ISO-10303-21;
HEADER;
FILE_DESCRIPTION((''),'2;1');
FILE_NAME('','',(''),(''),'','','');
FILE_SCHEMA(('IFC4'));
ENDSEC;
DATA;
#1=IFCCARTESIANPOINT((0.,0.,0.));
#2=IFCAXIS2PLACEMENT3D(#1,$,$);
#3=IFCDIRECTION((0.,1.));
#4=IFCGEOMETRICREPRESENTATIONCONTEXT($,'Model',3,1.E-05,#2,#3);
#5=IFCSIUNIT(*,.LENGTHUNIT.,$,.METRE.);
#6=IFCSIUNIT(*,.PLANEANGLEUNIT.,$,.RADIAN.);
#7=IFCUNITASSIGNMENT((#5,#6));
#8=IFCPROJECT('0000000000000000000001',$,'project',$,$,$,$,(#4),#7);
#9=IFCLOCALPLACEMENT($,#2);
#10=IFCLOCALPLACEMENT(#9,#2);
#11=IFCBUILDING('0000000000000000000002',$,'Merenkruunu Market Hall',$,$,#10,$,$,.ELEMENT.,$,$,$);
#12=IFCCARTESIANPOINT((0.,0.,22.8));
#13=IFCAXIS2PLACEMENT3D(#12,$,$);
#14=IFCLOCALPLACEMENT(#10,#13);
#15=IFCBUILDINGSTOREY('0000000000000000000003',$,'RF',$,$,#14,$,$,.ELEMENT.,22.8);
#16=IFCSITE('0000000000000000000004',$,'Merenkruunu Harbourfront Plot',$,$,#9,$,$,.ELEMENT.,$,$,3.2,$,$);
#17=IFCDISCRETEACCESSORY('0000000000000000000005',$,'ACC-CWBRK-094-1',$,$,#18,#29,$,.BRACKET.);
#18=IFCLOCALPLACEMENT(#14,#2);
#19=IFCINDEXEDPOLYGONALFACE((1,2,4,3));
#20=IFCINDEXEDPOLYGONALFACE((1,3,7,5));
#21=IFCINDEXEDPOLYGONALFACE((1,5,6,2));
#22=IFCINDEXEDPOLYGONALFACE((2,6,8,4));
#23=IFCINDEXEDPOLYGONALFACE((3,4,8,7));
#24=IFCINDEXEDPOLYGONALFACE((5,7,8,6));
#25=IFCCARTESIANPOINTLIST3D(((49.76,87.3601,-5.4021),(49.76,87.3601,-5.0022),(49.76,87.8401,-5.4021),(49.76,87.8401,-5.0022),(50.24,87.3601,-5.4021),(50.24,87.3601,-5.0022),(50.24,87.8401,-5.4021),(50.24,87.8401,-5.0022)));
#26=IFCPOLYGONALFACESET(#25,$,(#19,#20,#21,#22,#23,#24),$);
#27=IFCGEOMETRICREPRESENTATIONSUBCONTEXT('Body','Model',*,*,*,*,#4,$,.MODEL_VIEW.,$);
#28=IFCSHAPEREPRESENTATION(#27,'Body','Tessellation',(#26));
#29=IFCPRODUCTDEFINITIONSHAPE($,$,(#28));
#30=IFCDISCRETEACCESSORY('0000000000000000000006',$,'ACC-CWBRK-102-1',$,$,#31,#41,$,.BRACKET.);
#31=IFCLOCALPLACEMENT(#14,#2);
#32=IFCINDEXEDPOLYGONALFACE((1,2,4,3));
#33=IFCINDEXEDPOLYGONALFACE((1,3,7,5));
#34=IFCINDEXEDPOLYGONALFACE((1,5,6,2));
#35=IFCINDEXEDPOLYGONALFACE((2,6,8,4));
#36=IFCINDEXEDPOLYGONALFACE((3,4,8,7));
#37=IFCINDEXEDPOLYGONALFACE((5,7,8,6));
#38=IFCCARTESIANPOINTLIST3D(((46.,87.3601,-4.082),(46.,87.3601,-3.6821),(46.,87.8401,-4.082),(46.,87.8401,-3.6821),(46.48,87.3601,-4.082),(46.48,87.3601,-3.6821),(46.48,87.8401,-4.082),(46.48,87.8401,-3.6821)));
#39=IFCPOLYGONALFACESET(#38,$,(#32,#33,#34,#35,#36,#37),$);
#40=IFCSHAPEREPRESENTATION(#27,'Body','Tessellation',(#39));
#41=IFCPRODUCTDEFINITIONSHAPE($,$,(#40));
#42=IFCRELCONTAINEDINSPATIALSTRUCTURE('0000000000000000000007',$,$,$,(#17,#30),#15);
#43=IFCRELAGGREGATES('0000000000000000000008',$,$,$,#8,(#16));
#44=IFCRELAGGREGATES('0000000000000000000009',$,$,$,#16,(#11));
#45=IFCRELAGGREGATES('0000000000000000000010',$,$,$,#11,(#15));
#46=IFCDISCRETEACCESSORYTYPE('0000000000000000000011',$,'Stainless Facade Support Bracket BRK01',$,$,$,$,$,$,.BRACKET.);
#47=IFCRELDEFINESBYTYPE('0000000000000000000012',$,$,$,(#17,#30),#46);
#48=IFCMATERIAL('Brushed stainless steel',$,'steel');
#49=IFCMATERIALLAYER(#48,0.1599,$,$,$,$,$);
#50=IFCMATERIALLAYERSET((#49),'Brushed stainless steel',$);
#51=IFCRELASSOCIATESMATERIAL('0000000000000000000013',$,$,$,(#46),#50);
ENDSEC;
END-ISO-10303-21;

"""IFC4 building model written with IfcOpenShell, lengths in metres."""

from ifc_helpers import new_model, si_unit, direction, frame, origin, origin_2d, place, context, subcontext, project, spatial, rectangle, extrude, material, layer, layer_set, type_object, element, save


model = new_model("IFC4")

# Units and contexts
model_context = context("Model", 3, precision=1e-05, world=origin(), true_north=direction((0.0, 1.0)))
body_context = subcontext(model_context, "Body", "Model", "MODEL_VIEW")
ifc_project = project(units=[si_unit("LENGTHUNIT", "METRE"), si_unit("PLANEANGLEUNIT", "RADIAN")], contexts=[model_context])

# Site, building, storey
site_placement = place(None, origin())
site = spatial("IfcSite", under=ifc_project, at=site_placement, Name="Merenkruunu Harbourfront Plot", CompositionType="ELEMENT", RefElevation=3.2)
building_placement = place(site_placement, origin())
building = spatial("IfcBuilding", under=site, at=building_placement, Name="Merenkruunu Market Hall", CompositionType="ELEMENT")
storey_placement = place(building_placement, frame((0.0, 0.0, 22.8)))
storey = spatial("IfcBuildingStorey", under=building, at=storey_placement, Name="RF", CompositionType="ELEMENT", Elevation=22.8)

# Discrete accessories
ifc_material_1 = material(Name="Brushed stainless steel", Category="steel")
ifc_layer_1 = layer(ifc_material_1, 0.1599)
ifc_layer_set_1 = layer_set([ifc_layer_1], Name="Brushed stainless steel")
discrete_accessory_type = type_object("IfcDiscreteAccessoryType", Name="Stainless Facade Support Bracket BRK01", PredefinedType="BRACKET", material=ifc_layer_set_1)
for number, where, z_axis, x_axis, name in (
    (1, (50.0, 87.6001, -5.4021), (0.0, 0.0, 1.0), (1.0, 0.0, 0.0), "ACC-CWBRK-094-1"),
    (2, (46.24, 87.6001, -4.082), (0.0, 0.0, 1.0), (1.0, 0.0, 0.0), "ACC-CWBRK-102-1"),
):
    element("IfcDiscreteAccessory", number, at=place(storey_placement, frame(where, z_axis=z_axis, x_axis=x_axis)), inside=storey, type_object=discrete_accessory_type, Name=name, PredefinedType="BRACKET", context=body_context, shape_type="SweptSolid", body=[
        extrude(rectangle(XDim=0.48, YDim=0.48, at=origin_2d()), origin(), (0.0, 0.0, 1.0), 0.3999),
    ])

save(model, "model.ifc")
